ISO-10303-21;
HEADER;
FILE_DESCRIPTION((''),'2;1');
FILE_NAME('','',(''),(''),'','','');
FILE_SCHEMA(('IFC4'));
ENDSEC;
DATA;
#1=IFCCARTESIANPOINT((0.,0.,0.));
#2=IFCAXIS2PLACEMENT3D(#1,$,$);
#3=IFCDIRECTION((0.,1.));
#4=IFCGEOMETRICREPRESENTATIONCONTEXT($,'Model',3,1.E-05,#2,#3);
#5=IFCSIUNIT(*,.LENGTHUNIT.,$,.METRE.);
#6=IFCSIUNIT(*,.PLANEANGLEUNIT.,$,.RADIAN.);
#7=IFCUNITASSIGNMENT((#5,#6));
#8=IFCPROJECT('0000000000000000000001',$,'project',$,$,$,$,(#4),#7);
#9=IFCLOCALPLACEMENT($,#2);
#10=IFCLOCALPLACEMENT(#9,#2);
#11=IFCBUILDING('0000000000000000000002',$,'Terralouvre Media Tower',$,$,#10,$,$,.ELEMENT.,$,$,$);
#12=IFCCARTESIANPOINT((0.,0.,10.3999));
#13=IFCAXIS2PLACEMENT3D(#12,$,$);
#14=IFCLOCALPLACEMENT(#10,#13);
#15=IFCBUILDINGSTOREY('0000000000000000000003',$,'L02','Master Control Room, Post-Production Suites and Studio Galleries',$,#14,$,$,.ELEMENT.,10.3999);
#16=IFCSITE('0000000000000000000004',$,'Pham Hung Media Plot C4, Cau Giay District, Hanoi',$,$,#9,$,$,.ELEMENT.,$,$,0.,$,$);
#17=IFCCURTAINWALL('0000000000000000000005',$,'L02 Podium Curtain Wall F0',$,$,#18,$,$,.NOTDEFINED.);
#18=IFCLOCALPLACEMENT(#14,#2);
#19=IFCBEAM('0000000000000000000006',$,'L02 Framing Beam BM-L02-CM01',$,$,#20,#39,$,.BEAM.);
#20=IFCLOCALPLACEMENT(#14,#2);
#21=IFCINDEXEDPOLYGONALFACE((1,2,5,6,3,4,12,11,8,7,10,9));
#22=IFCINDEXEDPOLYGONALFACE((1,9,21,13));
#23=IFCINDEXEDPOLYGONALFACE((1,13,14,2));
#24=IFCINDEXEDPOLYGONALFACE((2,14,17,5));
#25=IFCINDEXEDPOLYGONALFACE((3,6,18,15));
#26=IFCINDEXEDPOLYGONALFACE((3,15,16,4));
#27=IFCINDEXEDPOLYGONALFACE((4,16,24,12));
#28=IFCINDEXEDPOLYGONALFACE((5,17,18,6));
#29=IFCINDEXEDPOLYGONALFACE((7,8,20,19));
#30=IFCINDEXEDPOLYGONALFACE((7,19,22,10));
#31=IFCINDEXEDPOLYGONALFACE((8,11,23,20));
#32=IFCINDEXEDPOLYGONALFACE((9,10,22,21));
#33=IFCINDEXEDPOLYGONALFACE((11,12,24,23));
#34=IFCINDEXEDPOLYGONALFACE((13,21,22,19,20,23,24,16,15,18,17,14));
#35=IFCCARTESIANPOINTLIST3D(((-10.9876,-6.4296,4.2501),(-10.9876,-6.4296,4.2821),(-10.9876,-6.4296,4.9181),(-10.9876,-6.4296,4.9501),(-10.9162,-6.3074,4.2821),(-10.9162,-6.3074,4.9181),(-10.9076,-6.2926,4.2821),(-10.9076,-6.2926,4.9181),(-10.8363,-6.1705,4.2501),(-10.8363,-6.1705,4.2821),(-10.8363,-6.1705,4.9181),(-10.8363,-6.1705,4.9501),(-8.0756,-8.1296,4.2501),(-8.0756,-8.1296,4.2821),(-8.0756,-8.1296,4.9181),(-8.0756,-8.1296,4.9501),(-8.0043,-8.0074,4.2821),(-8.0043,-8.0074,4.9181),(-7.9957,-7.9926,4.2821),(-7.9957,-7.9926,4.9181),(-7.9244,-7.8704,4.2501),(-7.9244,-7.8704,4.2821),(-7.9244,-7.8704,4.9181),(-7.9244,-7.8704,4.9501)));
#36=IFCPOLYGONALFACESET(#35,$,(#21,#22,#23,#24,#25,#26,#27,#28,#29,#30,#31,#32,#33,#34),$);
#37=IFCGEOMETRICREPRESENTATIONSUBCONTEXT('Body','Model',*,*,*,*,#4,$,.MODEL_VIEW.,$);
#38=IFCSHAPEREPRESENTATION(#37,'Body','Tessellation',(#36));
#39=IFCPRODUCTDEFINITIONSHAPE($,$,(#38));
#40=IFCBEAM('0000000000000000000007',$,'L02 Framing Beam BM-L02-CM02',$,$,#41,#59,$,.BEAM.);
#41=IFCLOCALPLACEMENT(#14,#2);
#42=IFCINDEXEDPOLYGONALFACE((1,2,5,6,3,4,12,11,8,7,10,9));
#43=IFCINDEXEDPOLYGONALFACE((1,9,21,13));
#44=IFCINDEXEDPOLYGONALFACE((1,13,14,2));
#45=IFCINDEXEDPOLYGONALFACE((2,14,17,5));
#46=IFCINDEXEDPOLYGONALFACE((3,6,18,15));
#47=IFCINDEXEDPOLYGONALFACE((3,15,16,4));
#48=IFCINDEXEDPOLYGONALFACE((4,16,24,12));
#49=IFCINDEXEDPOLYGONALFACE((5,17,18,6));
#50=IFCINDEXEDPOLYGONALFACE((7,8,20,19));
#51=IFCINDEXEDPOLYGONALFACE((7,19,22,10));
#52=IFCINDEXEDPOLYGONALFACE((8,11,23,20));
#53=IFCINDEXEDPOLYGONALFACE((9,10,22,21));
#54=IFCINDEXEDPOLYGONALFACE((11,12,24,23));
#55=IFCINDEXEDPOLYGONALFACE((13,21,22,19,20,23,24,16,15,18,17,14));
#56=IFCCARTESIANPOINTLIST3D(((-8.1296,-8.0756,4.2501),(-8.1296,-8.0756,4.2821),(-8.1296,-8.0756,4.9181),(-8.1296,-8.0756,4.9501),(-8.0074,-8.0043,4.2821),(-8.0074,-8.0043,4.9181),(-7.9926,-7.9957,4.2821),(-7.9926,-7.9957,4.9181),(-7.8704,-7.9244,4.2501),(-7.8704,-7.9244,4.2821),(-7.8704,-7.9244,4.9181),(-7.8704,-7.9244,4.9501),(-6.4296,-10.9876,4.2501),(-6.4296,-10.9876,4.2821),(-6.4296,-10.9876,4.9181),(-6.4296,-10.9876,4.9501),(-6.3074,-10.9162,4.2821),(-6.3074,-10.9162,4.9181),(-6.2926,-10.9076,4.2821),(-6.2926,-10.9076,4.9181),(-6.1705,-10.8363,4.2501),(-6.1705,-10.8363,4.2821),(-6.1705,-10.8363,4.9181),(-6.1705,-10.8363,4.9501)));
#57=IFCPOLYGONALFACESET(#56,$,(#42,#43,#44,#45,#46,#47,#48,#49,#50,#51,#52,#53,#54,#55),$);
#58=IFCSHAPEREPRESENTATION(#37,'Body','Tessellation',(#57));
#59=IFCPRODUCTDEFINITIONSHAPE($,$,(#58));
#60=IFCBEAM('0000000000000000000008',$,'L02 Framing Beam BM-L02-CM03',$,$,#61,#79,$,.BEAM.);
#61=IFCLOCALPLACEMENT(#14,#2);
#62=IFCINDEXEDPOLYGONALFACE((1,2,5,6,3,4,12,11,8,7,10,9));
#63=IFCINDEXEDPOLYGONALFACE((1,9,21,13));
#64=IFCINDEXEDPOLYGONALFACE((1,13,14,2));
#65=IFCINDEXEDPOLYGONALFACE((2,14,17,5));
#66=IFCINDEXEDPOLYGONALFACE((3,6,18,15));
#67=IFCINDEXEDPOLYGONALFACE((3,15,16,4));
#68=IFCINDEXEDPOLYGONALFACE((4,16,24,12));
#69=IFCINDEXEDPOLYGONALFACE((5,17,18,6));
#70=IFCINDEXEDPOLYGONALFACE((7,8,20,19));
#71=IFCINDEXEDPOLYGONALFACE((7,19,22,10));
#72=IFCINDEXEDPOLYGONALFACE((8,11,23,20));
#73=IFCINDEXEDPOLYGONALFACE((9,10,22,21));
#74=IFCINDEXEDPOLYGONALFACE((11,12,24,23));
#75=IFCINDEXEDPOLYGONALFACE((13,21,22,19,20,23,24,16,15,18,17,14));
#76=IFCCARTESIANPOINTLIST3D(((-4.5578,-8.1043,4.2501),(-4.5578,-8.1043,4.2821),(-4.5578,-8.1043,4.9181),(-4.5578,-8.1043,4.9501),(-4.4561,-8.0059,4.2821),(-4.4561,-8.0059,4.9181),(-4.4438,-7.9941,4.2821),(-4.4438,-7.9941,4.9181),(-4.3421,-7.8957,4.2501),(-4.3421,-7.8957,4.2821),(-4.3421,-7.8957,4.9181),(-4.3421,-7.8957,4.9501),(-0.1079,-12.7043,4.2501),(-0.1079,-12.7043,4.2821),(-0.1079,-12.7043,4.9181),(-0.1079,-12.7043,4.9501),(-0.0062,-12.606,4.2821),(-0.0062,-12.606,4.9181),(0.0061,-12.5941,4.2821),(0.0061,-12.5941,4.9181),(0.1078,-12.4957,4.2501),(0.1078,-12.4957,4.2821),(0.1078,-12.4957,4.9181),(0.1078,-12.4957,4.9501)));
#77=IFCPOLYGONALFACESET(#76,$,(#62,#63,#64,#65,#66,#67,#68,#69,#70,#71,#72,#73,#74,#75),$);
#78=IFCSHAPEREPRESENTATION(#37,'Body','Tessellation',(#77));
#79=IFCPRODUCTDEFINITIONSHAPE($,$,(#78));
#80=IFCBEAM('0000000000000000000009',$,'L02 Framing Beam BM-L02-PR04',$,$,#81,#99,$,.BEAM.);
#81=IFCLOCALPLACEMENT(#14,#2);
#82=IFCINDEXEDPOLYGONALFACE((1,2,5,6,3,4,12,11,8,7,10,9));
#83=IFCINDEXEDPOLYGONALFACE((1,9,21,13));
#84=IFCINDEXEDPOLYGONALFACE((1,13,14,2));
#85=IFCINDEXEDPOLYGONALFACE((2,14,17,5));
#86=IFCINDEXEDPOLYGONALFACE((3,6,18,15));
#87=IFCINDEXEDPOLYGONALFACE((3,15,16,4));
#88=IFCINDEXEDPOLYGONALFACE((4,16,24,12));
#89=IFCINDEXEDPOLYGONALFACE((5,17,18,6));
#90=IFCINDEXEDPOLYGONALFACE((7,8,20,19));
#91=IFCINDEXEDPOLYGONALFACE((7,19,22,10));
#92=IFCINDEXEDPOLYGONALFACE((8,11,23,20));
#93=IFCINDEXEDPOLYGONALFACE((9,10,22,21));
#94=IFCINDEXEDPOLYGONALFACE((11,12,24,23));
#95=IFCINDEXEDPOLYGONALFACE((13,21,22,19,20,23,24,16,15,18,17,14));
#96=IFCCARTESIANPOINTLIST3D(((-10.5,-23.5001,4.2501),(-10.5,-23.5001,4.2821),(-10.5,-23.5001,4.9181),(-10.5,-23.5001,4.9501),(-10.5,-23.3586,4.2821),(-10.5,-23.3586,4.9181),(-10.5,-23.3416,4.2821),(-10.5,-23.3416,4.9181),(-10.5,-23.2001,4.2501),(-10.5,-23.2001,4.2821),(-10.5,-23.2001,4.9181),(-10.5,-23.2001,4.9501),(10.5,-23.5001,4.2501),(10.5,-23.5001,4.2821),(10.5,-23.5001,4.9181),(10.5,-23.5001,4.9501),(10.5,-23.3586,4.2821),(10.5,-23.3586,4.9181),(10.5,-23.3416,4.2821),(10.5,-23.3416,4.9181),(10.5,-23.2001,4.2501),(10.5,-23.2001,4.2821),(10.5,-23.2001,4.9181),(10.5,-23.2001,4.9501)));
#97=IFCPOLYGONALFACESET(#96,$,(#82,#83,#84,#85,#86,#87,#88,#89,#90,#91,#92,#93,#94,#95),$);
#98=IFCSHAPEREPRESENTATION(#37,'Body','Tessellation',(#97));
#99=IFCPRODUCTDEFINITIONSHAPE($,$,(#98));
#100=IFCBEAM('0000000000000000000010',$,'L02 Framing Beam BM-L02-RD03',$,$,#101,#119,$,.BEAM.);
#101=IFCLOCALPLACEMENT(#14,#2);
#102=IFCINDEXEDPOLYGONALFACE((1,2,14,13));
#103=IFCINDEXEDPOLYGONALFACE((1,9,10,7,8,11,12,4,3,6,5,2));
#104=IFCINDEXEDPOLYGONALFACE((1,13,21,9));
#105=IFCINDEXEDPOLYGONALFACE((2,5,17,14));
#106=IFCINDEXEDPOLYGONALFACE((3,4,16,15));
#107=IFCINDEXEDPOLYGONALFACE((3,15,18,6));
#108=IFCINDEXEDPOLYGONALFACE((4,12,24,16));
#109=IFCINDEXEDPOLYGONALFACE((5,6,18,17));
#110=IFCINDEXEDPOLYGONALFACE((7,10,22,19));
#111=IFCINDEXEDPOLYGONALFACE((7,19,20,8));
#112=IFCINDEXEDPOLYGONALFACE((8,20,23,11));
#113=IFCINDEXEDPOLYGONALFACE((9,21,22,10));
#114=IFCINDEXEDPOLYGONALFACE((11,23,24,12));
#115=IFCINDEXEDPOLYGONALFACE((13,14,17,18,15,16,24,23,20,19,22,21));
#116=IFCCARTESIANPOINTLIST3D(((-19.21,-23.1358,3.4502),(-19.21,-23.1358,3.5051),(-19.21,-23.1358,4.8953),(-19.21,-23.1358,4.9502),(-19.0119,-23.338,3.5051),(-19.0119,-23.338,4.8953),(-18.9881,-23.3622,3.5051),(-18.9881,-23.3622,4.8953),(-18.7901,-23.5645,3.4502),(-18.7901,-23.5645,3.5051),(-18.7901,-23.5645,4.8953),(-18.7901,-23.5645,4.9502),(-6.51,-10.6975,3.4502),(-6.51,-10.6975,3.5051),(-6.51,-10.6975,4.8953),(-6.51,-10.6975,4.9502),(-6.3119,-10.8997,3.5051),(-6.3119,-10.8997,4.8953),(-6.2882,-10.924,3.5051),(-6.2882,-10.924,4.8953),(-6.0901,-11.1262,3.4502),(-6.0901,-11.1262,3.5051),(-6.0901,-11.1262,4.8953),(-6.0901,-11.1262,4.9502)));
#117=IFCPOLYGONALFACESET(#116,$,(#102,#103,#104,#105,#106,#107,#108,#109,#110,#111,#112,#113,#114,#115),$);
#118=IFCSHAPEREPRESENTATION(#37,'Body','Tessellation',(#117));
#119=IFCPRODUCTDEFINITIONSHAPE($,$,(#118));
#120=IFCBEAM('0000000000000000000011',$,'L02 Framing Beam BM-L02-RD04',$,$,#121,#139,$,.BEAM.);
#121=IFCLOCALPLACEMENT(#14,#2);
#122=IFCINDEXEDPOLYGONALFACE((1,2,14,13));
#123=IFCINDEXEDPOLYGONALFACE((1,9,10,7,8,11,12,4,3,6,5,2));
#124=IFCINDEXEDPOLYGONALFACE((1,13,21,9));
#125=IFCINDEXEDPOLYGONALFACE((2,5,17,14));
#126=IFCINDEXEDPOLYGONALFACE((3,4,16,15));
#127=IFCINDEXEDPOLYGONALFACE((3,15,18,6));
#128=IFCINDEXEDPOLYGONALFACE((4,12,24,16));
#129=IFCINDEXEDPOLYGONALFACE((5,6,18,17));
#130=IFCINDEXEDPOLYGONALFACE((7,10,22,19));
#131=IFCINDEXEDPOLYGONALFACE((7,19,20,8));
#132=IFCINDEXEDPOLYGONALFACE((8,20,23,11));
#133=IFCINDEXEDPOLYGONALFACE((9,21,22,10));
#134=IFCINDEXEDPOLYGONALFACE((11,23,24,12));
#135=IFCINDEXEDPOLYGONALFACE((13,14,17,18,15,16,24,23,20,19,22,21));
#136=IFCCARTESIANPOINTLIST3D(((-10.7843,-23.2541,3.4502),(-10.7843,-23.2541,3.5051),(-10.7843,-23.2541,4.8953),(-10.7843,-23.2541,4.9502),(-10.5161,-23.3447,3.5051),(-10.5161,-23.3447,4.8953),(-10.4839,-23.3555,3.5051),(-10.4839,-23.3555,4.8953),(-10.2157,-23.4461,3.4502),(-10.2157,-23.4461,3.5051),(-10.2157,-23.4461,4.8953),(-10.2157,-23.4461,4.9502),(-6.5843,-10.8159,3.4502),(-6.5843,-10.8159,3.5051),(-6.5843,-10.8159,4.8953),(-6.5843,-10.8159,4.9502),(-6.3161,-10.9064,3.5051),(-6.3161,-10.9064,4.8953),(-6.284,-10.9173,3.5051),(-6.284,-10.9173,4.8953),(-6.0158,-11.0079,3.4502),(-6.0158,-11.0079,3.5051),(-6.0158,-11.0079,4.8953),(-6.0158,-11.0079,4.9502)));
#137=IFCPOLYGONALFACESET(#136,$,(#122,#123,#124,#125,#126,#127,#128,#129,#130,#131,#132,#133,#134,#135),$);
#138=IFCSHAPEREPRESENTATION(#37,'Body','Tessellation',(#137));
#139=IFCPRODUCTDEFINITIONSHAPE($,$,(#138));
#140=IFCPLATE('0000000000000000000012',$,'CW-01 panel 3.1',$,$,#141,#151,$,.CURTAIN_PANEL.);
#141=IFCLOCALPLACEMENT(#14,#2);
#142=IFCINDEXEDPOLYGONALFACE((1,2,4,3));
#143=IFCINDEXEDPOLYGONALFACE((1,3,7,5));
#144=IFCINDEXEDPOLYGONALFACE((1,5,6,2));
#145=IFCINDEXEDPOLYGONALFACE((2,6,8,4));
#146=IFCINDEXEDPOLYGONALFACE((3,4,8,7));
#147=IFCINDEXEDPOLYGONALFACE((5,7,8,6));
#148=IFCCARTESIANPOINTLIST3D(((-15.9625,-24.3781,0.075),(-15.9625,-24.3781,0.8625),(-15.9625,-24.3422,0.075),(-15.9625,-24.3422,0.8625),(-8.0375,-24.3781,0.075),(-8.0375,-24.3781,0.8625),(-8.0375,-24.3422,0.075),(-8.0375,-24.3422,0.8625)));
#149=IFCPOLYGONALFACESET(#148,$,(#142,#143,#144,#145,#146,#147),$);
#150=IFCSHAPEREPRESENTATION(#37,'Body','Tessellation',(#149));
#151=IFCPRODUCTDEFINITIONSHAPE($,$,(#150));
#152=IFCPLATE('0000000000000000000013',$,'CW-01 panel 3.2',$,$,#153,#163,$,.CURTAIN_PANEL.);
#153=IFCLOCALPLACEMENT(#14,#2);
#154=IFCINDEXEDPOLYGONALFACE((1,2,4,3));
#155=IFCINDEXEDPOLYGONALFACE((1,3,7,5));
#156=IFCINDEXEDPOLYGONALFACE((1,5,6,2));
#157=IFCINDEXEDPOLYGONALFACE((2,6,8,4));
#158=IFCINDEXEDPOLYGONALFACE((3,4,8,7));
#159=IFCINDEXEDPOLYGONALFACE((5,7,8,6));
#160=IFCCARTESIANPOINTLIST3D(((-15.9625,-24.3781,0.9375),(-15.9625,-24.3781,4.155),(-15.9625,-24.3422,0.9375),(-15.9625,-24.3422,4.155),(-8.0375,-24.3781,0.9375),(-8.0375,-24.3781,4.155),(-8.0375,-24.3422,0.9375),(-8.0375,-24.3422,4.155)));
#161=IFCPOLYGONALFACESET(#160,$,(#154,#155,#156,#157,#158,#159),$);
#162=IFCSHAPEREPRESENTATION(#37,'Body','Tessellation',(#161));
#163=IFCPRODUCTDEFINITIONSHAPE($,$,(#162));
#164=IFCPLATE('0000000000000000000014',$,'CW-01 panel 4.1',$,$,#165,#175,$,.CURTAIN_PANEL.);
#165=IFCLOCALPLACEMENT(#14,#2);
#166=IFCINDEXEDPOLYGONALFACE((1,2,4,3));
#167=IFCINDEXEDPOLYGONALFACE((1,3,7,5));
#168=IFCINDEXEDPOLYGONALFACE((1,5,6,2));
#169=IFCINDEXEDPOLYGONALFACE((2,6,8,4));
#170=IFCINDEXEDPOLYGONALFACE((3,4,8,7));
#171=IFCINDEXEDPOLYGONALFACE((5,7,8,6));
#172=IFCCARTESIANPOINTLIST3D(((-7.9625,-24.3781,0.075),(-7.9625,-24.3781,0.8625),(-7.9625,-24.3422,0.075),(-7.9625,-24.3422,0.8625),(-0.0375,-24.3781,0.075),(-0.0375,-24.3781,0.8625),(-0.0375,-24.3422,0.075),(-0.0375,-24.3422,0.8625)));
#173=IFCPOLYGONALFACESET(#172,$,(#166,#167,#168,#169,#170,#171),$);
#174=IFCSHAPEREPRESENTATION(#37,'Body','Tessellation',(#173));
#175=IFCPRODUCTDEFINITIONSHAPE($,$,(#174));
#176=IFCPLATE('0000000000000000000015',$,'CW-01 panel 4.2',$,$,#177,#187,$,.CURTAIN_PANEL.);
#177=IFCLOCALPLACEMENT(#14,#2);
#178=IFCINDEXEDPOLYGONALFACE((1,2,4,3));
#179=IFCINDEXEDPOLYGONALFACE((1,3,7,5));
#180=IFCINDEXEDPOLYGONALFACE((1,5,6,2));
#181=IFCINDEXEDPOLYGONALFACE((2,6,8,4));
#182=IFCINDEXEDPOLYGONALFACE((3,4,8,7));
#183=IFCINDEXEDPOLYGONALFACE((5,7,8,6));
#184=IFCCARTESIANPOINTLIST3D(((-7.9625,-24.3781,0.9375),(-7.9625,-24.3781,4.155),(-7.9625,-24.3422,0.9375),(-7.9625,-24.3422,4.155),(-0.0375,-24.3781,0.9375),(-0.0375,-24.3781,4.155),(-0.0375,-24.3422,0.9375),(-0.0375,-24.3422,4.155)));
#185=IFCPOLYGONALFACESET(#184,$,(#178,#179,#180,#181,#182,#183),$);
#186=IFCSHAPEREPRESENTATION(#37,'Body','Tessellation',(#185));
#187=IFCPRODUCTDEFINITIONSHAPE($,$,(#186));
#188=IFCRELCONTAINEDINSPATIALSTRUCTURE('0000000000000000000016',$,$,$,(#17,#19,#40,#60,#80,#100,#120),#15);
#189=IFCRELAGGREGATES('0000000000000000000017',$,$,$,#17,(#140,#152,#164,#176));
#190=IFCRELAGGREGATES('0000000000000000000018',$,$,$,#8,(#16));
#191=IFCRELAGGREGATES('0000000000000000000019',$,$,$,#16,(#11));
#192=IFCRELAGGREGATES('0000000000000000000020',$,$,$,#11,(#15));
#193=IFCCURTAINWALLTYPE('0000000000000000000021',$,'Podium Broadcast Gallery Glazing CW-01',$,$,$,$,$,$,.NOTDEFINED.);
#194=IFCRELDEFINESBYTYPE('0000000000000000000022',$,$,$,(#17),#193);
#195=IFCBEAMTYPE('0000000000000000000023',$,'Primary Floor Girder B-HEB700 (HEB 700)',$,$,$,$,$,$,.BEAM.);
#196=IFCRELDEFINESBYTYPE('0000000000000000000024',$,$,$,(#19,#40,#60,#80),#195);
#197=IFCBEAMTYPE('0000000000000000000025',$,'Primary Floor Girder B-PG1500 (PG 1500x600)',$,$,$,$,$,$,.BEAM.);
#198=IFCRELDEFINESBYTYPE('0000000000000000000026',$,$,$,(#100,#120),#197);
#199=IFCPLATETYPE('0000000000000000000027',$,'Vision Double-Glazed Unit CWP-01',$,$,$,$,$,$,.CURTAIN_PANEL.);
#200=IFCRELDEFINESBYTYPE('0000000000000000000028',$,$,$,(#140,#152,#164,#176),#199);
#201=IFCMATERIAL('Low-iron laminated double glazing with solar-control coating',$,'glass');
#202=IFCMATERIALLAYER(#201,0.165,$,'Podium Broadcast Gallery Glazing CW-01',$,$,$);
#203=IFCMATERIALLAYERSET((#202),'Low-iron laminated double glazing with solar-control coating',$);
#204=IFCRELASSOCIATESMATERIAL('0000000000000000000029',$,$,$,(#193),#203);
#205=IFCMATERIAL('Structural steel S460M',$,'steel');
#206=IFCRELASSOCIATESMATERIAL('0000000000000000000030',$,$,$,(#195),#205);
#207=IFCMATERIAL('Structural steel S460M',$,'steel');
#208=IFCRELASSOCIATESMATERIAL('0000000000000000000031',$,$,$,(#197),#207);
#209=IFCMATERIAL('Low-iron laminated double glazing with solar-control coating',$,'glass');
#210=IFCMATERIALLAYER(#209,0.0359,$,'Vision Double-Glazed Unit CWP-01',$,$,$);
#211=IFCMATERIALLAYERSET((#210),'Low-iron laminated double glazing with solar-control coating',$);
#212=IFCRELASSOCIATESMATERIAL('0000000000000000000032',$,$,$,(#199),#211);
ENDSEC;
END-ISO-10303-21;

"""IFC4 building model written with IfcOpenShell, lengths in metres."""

from ifc_helpers import new_model, si_unit, direction, frame, origin, origin_2d, place, context, subcontext, project, spatial, rectangle, i_section, extrude, material, layer, layer_set, material_profile, profile_set, type_object, element, aggregate, save


model = new_model("IFC4")

# Units and contexts
model_context = context("Model", 3, precision=1e-05, world=origin(), true_north=direction((0.0, 1.0)))
body_context = subcontext(model_context, "Body", "Model", "MODEL_VIEW")
ifc_project = project(units=[si_unit("LENGTHUNIT", "METRE"), si_unit("PLANEANGLEUNIT", "RADIAN")], contexts=[model_context])

# Site, building, storey
site_placement = place(None, origin())
site = spatial("IfcSite", under=ifc_project, at=site_placement, Name="Pham Hung Media Plot C4, Cau Giay District, Hanoi", CompositionType="ELEMENT", RefElevation=0.0)
building_placement = place(site_placement, origin())
building = spatial("IfcBuilding", under=site, at=building_placement, Name="Terralouvre Media Tower", CompositionType="ELEMENT")
storey_placement = place(building_placement, frame((0.0, 0.0, 10.3999)))
storey = spatial("IfcBuildingStorey", under=building, at=storey_placement, Name="L02", Description="Master Control Room, Post-Production Suites and Studio Galleries", CompositionType="ELEMENT", Elevation=10.3999)

# Curtain wall
ifc_material_1 = material(Name="Low-iron laminated double glazing with solar-control coating", Category="glass")
ifc_layer_1 = layer(ifc_material_1, 0.165, Name="Podium Broadcast Gallery Glazing CW-01")
ifc_layer_set_1 = layer_set([ifc_layer_1], Name="Low-iron laminated double glazing with solar-control coating")
curtain_wall_type = type_object("IfcCurtainWallType", Name="Podium Broadcast Gallery Glazing CW-01", PredefinedType="NOTDEFINED", material=ifc_layer_set_1)
curtain_wall_placement = place(storey_placement, origin())
curtain_wall = element("IfcCurtainWall", 1, at=curtain_wall_placement, inside=storey, type_object=curtain_wall_type, Name="L02 Podium Curtain Wall F0", PredefinedType="NOTDEFINED")

# Beams
ifc_material_2 = material(Name="Structural steel S460M", Category="steel")
ifc_material_profile_1 = material_profile(ifc_material_2, i_section(OverallWidth=0.3, OverallDepth=0.7, WebThickness=0.0171, FlangeThickness=0.032, at=origin_2d()), Name="HEB 700")
ifc_profile_set_1 = profile_set([ifc_material_profile_1], Name="Structural steel S460M")
beam_type_1 = type_object("IfcBeamType", Name="Primary Floor Girder B-HEB700 (HEB 700)", PredefinedType="BEAM", material=ifc_profile_set_1)
for number, where, z_axis, x_axis, name in (
    (2, (-8.0, -8.0, 4.6001), (-0.863603, 0.504173, 0.0), (-0.504173, -0.863603, 0.0), "L02 Framing Beam BM-L02-CM01"),
    (3, (-8.0, -8.0, 4.6001), (0.504173, -0.863603, 0.0), (0.863603, 0.504173, 0.0), "L02 Framing Beam BM-L02-CM02"),
):
    element("IfcBeam", number, at=place(storey_placement, frame(where, z_axis=z_axis, x_axis=x_axis)), inside=storey, type_object=beam_type_1, Name=name, PredefinedType="BEAM", context=body_context, shape_type="SweptSolid", body=[
        extrude(i_section(OverallWidth=0.3, OverallDepth=0.7, WebThickness=0.0171, FlangeThickness=0.032, at=origin_2d()), origin(), (0.0, 0.0, 1.0), 3.3718),
    ])
beam_1_placement = place(storey_placement, frame((-4.45, -8.0, 4.6001), z_axis=(0.69528, -0.718739, 0.0), x_axis=(0.718739, 0.69528, 0.0)))
element("IfcBeam", 4, at=beam_1_placement, inside=storey, type_object=beam_type_1, Name="L02 Framing Beam BM-L02-CM03", PredefinedType="BEAM", context=body_context, shape_type="SweptSolid", body=[
    extrude(i_section(OverallWidth=0.3, OverallDepth=0.7, WebThickness=0.0171, FlangeThickness=0.032, at=origin_2d()), origin(), (0.0, 0.0, 1.0), 6.4001),
])
beam_2_placement = place(storey_placement, frame((-10.5, -23.3501, 4.6001), z_axis=(1.0, 0.0, 0.0), x_axis=(0.0, 1.0, 0.0)))
element("IfcBeam", 5, at=beam_2_placement, inside=storey, type_object=beam_type_1, Name="L02 Framing Beam BM-L02-PR04", PredefinedType="BEAM", context=body_context, shape_type="SweptSolid", body=[
    extrude(i_section(OverallWidth=0.3, OverallDepth=0.7, WebThickness=0.0171, FlangeThickness=0.032, at=origin_2d()), origin(), (0.0, 0.0, 1.0), 21.0),
])
ifc_material_3 = material(Name="Structural steel S460M", Category="steel")
ifc_material_profile_2 = material_profile(ifc_material_3, i_section(OverallWidth=0.6001, OverallDepth=1.5, WebThickness=0.0339, FlangeThickness=0.0549, at=origin_2d()), Name="PG 1500x600")
ifc_profile_set_2 = profile_set([ifc_material_profile_2], Name="Structural steel S460M")
beam_type_2 = type_object("IfcBeamType", Name="Primary Floor Girder B-PG1500 (PG 1500x600)", PredefinedType="BEAM", material=ifc_profile_set_2)
beam_3_placement = place(storey_placement, frame((-6.3, -10.9119, 4.2002), z_axis=(-0.71443, -0.699707, 0.0), x_axis=(0.699707, -0.71443, 0.0)))
element("IfcBeam", 6, at=beam_3_placement, inside=storey, type_object=beam_type_2, Name="L02 Framing Beam BM-L02-RD03", PredefinedType="BEAM", context=body_context, shape_type="SweptSolid", body=[
    extrude(i_section(OverallWidth=0.6001, OverallDepth=1.5, WebThickness=0.0339, FlangeThickness=0.0549, at=origin_2d()), origin(), (0.0, 0.0, 1.0), 17.7764),
])
beam_4_placement = place(storey_placement, frame((-6.3, -10.9119, 4.2002), z_axis=(-0.319919, -0.947445, 0.0), x_axis=(0.947445, -0.319919, 0.0)))
element("IfcBeam", 7, at=beam_4_placement, inside=storey, type_object=beam_type_2, Name="L02 Framing Beam BM-L02-RD04", PredefinedType="BEAM", context=body_context, shape_type="SweptSolid", body=[
    extrude(i_section(OverallWidth=0.6001, OverallDepth=1.5, WebThickness=0.0339, FlangeThickness=0.0549, at=origin_2d()), origin(), (0.0, 0.0, 1.0), 13.1282),
])

# Plates
ifc_material_4 = material(Name="Low-iron laminated double glazing with solar-control coating", Category="glass")
ifc_layer_2 = layer(ifc_material_4, 0.0359, Name="Vision Double-Glazed Unit CWP-01")
ifc_layer_set_2 = layer_set([ifc_layer_2], Name="Low-iron laminated double glazing with solar-control coating")
plate_type = type_object("IfcPlateType", Name="Vision Double-Glazed Unit CWP-01", PredefinedType="CURTAIN_PANEL", material=ifc_layer_set_2)
plate_1_placement = place(storey_placement, frame((-12.0, -24.3601, 0.075), z_axis=(0.0, 0.0, 1.0), x_axis=(1.0, 0.0, 0.0)))
plate_1 = element("IfcPlate", 8, at=plate_1_placement, type_object=plate_type, Name="CW-01 panel 3.1", PredefinedType="CURTAIN_PANEL", context=body_context, shape_type="SweptSolid", body=[
    extrude(rectangle(XDim=7.925, YDim=0.0359, at=origin_2d()), origin(), (0.0, 0.0, 1.0), 0.7876),
])
plate_2_placement = place(storey_placement, frame((-12.0, -24.3601, 0.9375), z_axis=(0.0, 0.0, 1.0), x_axis=(1.0, 0.0, 0.0)))
plate_2 = element("IfcPlate", 9, at=plate_2_placement, type_object=plate_type, Name="CW-01 panel 3.2", PredefinedType="CURTAIN_PANEL", context=body_context, shape_type="SweptSolid", body=[
    extrude(rectangle(XDim=7.925, YDim=0.0359, at=origin_2d()), origin(), (0.0, 0.0, 1.0), 3.2175),
])
plate_3_placement = place(storey_placement, frame((-4.0, -24.3601, 0.075), z_axis=(0.0, 0.0, 1.0), x_axis=(1.0, 0.0, 0.0)))
plate_3 = element("IfcPlate", 10, at=plate_3_placement, type_object=plate_type, Name="CW-01 panel 4.1", PredefinedType="CURTAIN_PANEL", context=body_context, shape_type="SweptSolid", body=[
    extrude(rectangle(XDim=7.925, YDim=0.0359, at=origin_2d()), origin(), (0.0, 0.0, 1.0), 0.7876),
])
plate_4_placement = place(storey_placement, frame((-4.0, -24.3601, 0.9375), z_axis=(0.0, 0.0, 1.0), x_axis=(1.0, 0.0, 0.0)))
plate_4 = element("IfcPlate", 11, at=plate_4_placement, type_object=plate_type, Name="CW-01 panel 4.2", PredefinedType="CURTAIN_PANEL", context=body_context, shape_type="SweptSolid", body=[
    extrude(rectangle(XDim=7.925, YDim=0.0359, at=origin_2d()), origin(), (0.0, 0.0, 1.0), 3.2175),
])
aggregate(curtain_wall, [plate_1, plate_2, plate_3, plate_4])

save(model, "model.ifc")
